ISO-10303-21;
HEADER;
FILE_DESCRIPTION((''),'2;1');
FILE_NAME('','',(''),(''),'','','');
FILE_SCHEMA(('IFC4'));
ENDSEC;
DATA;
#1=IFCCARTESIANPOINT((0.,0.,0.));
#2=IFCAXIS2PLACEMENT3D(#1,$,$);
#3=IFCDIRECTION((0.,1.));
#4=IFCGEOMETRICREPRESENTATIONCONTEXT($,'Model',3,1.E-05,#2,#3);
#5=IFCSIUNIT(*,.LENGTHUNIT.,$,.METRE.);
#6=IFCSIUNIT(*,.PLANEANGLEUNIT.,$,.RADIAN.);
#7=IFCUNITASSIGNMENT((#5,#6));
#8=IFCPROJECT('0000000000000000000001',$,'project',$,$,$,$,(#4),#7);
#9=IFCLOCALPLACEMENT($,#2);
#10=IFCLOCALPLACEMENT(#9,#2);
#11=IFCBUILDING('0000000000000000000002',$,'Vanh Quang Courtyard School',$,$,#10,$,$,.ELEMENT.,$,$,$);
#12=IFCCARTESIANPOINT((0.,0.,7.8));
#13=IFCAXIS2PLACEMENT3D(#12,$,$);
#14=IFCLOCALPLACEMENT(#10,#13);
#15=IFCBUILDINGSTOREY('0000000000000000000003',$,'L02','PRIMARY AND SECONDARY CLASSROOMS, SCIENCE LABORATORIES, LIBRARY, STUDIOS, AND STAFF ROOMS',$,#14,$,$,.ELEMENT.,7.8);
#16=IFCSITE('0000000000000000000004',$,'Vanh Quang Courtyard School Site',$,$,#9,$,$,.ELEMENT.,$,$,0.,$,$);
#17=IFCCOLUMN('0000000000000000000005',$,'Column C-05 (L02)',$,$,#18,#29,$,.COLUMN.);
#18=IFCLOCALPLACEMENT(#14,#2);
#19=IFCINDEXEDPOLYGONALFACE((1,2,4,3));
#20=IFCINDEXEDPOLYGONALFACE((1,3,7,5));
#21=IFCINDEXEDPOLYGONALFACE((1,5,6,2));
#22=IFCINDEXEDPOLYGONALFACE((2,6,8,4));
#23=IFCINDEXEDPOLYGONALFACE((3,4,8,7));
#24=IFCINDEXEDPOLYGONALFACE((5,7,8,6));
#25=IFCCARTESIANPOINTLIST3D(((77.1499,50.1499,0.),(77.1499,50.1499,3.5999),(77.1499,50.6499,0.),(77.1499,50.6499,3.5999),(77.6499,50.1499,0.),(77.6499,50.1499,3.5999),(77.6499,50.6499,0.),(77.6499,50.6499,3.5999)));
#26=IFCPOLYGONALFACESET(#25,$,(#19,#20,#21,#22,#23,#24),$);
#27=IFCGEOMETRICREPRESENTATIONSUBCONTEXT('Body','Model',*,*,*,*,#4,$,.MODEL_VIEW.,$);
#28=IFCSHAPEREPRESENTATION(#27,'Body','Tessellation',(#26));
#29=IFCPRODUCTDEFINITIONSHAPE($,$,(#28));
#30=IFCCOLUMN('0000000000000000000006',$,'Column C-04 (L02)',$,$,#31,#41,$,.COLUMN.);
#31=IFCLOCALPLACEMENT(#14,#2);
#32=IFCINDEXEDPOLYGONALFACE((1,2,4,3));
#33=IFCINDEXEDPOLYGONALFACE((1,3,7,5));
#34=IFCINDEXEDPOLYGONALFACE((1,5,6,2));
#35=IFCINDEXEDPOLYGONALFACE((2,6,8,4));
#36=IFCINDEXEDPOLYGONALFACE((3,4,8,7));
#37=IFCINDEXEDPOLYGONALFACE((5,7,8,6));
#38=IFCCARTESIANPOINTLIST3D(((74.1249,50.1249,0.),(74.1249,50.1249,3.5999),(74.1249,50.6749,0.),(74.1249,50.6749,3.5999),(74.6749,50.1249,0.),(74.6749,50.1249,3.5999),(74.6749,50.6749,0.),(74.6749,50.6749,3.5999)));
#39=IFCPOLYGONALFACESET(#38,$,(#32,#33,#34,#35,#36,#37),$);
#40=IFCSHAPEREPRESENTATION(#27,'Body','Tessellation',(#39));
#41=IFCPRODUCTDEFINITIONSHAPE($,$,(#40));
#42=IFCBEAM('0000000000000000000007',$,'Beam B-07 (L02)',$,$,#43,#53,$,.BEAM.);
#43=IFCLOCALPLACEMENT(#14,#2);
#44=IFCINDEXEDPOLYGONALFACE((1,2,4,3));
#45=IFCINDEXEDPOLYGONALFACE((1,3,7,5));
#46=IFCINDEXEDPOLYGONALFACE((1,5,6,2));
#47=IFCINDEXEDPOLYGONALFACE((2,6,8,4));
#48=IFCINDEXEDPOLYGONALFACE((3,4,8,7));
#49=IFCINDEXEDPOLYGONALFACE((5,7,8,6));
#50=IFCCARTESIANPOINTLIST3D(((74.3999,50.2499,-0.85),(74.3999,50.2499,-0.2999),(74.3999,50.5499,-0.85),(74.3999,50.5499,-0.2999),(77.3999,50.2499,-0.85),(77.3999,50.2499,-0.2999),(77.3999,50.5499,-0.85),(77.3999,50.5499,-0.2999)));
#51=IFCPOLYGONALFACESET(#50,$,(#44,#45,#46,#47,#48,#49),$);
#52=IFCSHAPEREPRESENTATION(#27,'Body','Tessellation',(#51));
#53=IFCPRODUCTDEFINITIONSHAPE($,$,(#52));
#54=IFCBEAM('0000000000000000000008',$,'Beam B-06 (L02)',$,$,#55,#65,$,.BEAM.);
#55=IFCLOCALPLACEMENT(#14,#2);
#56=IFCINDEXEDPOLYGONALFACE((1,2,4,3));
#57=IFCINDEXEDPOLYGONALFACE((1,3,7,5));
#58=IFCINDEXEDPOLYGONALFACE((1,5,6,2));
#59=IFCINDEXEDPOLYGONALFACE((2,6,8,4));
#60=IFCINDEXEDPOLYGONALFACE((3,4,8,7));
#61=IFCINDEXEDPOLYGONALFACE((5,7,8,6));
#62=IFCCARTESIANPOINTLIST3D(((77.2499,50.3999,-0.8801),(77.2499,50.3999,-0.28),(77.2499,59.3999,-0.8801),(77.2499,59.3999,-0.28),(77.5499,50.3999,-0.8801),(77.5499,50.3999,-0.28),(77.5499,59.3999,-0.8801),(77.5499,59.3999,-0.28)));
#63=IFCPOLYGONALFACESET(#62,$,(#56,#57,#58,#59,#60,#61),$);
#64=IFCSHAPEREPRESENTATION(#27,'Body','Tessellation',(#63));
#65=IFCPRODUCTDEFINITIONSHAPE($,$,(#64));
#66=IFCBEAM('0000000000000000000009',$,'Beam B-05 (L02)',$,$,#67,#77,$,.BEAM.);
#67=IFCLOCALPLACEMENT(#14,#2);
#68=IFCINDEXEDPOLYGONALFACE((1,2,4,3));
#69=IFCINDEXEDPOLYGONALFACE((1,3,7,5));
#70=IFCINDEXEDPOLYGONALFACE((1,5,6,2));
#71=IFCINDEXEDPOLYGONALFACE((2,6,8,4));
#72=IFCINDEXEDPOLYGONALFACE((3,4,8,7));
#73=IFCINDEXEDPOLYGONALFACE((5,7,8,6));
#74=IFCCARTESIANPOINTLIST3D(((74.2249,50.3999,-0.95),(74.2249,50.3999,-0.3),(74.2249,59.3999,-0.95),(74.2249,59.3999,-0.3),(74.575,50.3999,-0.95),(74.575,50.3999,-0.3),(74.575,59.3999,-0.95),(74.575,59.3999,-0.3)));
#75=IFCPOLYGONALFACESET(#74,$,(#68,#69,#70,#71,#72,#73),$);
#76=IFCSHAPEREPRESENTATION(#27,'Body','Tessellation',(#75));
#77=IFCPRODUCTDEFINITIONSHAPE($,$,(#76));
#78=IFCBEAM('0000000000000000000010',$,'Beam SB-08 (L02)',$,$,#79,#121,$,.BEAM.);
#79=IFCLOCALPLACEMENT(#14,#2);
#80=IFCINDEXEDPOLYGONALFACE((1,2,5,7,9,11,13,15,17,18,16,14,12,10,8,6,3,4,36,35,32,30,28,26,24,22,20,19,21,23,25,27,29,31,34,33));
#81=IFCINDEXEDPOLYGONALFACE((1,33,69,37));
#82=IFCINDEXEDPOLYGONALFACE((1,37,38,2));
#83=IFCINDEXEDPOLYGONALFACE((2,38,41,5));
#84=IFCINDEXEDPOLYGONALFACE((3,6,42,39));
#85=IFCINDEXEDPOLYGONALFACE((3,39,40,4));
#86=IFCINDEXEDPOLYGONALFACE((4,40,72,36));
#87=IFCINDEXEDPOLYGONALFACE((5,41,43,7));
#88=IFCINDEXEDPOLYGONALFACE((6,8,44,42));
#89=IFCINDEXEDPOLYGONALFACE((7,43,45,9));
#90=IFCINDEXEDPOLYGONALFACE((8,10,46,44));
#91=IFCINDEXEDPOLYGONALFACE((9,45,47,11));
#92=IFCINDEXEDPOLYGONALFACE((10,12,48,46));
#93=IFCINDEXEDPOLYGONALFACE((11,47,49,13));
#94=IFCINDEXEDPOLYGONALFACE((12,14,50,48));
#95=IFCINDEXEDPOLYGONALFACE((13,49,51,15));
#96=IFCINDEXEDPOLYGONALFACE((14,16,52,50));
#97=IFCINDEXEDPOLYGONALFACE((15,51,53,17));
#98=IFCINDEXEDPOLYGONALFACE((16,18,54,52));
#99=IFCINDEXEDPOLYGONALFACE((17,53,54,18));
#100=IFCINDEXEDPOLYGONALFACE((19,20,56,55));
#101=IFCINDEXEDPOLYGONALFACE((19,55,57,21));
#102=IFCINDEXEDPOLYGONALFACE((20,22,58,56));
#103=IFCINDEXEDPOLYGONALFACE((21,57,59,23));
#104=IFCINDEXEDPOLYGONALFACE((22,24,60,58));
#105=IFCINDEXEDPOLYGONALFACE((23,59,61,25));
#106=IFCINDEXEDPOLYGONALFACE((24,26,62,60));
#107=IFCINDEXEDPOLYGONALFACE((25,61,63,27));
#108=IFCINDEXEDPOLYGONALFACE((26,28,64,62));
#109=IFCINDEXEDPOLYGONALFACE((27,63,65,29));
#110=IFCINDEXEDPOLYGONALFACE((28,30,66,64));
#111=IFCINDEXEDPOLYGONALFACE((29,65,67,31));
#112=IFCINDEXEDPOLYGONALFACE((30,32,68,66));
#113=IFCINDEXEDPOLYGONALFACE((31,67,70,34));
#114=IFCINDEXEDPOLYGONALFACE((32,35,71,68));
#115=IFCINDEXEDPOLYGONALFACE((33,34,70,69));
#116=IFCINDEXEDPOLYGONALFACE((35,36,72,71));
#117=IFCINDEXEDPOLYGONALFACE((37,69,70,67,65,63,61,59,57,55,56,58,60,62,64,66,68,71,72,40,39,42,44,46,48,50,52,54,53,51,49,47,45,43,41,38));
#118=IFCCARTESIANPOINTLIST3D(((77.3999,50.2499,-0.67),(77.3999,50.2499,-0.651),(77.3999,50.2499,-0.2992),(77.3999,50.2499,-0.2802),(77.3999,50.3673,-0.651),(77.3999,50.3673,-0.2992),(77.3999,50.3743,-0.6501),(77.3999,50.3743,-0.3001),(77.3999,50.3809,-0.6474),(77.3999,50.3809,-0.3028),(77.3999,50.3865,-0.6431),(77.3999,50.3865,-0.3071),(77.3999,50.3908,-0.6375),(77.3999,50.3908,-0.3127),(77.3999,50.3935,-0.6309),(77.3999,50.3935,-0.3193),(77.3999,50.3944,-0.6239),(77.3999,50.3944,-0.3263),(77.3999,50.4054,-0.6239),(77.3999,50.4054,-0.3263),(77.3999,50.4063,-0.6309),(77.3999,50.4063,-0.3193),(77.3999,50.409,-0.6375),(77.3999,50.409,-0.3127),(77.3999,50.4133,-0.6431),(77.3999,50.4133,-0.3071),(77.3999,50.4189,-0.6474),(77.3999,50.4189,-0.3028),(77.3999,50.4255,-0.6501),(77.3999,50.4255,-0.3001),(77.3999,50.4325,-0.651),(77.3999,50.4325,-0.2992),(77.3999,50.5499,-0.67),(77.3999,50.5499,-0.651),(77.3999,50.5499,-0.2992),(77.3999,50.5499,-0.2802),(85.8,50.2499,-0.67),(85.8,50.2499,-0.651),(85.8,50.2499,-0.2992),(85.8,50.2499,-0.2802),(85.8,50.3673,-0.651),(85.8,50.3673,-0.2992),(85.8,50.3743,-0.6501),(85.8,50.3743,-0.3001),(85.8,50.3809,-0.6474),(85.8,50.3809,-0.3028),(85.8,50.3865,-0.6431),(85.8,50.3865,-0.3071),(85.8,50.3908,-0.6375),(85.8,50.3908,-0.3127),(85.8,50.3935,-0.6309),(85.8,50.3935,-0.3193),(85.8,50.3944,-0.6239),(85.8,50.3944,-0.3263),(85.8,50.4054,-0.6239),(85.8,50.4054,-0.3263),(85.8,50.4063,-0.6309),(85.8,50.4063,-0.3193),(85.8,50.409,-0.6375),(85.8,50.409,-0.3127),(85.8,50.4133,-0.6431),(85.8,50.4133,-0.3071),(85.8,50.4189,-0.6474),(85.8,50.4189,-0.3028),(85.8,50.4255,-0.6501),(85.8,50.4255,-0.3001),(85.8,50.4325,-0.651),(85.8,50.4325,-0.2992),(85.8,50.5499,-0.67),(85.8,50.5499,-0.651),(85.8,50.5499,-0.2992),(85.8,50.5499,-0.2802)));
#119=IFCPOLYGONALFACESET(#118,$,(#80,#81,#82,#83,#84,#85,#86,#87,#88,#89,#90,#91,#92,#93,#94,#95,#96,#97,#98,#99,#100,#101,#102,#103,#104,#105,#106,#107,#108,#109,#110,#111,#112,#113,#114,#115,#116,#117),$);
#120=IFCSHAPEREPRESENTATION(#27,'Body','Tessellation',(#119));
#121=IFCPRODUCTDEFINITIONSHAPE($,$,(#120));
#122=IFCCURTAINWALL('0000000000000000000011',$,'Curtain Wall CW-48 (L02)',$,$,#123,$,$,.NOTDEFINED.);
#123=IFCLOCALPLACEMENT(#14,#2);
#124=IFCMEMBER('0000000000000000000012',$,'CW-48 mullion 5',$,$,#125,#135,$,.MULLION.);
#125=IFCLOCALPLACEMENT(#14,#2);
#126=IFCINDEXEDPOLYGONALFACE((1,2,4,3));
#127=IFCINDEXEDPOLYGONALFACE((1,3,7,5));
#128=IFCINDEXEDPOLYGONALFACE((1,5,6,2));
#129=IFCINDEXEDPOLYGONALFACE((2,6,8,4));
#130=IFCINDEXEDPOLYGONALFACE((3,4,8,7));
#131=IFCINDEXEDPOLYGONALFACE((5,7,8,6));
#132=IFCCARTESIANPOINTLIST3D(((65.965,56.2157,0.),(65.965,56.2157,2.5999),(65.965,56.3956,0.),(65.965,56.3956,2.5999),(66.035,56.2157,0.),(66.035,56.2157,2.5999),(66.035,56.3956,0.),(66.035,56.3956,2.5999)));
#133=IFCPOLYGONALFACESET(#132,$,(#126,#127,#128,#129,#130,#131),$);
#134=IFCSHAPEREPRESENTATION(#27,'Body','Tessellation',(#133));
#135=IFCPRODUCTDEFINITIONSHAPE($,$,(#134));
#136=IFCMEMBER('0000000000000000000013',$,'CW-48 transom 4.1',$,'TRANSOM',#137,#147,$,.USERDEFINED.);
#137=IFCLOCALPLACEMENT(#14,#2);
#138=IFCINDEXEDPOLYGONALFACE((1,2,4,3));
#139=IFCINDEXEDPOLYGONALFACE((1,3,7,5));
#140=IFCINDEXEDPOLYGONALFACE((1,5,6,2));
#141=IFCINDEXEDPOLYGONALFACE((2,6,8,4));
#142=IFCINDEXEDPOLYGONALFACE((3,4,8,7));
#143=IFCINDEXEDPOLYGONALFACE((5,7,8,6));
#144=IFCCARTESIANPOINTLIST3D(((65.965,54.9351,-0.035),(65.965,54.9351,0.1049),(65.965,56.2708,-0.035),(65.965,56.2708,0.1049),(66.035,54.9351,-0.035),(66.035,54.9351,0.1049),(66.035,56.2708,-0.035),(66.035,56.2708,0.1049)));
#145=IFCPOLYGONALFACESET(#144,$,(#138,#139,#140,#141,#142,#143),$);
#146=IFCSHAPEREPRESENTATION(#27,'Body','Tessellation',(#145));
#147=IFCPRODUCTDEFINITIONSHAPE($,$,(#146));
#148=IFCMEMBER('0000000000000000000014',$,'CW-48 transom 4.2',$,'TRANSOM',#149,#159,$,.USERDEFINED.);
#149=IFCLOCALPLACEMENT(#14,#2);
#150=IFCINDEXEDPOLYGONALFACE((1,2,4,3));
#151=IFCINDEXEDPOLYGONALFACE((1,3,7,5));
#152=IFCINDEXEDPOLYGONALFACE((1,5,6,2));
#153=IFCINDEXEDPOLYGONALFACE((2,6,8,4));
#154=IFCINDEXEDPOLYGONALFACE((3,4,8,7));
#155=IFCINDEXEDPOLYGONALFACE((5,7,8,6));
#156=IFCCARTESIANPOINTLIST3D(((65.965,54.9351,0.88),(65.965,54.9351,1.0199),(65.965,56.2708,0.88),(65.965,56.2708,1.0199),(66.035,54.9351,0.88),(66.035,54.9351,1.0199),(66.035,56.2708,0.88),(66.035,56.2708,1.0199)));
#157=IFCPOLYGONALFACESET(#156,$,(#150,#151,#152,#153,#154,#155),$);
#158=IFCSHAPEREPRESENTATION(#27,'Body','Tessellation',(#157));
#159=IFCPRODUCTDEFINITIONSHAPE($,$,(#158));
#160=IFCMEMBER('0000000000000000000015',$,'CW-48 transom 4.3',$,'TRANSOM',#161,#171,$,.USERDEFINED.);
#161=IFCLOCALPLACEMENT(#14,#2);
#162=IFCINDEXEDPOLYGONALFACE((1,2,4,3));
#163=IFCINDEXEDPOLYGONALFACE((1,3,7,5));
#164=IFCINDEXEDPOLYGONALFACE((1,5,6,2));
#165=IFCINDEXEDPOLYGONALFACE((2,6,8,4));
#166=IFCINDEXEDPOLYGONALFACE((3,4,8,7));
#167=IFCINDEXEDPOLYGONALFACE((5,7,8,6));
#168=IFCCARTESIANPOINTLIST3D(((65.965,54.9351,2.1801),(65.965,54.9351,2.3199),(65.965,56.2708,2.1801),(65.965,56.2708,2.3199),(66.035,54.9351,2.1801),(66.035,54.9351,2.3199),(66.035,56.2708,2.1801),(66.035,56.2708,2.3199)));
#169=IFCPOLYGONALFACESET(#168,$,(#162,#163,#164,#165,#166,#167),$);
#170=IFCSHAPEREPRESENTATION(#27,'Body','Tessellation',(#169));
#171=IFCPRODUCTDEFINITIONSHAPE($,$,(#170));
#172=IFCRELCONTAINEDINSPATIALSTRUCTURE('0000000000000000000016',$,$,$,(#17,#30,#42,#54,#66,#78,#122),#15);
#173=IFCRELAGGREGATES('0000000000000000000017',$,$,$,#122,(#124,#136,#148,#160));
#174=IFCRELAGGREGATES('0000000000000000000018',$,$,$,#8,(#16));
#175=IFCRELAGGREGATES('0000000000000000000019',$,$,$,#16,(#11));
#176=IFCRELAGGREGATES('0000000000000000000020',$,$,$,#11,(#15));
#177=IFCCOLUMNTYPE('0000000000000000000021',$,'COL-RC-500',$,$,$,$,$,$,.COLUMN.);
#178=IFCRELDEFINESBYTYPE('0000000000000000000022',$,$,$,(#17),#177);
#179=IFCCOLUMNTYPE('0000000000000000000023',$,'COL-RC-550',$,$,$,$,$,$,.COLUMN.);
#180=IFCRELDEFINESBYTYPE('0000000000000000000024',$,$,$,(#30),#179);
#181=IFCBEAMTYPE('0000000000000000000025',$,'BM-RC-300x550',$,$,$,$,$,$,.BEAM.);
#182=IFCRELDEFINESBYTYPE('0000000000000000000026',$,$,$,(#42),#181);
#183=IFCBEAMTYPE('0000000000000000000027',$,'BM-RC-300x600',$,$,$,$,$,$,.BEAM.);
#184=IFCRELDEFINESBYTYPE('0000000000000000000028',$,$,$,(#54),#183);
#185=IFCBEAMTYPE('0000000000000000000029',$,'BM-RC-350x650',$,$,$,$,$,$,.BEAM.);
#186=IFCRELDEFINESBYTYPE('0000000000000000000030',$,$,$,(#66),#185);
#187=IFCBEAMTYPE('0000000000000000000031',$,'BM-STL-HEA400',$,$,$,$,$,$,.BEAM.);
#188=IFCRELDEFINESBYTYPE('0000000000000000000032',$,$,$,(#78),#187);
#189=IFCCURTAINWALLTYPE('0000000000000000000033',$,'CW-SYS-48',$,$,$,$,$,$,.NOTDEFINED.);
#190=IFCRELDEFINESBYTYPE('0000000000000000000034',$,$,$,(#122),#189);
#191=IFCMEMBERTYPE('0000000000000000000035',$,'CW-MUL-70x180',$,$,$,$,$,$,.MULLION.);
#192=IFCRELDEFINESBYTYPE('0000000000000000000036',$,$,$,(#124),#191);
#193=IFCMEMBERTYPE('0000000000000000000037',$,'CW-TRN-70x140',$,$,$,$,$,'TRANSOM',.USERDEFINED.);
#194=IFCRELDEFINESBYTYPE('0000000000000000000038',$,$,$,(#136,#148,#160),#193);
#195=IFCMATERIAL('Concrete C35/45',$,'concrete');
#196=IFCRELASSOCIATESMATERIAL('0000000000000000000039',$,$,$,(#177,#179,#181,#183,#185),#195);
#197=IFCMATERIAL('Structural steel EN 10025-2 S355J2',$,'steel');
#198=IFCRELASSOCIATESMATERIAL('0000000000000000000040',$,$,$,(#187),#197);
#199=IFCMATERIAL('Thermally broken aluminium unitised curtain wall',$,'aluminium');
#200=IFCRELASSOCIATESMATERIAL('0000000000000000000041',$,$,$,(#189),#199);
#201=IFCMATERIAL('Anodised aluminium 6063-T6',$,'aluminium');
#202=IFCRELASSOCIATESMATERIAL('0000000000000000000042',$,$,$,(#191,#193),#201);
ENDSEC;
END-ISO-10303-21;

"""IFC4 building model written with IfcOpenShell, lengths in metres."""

from ifc_helpers import new_model, si_unit, direction, frame, origin, origin_2d, place, context, subcontext, project, spatial, rectangle, i_section, extrude, material, material_profile, profile_set, type_object, element, aggregate, save


model = new_model("IFC4")

# Units and contexts
model_context = context("Model", 3, precision=1e-05, world=origin(), true_north=direction((0.0, 1.0)))
body_context = subcontext(model_context, "Body", "Model", "MODEL_VIEW")
ifc_project = project(units=[si_unit("LENGTHUNIT", "METRE"), si_unit("PLANEANGLEUNIT", "RADIAN")], contexts=[model_context])

# Site, building, storey
site_placement = place(None, origin())
site = spatial("IfcSite", under=ifc_project, at=site_placement, Name="Vanh Quang Courtyard School Site", CompositionType="ELEMENT", RefElevation=0.0)
building_placement = place(site_placement, origin())
building = spatial("IfcBuilding", under=site, at=building_placement, Name="Vanh Quang Courtyard School", CompositionType="ELEMENT")
storey_placement = place(building_placement, frame((0.0, 0.0, 7.8)))
storey = spatial("IfcBuildingStorey", under=building, at=storey_placement, Name="L02", Description="PRIMARY AND SECONDARY CLASSROOMS, SCIENCE LABORATORIES, LIBRARY, STUDIOS, AND STAFF ROOMS", CompositionType="ELEMENT", Elevation=7.8)

# Columns
ifc_material_1 = material(Name="Concrete C35/45", Category="concrete")
ifc_material_profile_1 = material_profile(ifc_material_1, rectangle(XDim=0.5, YDim=0.5, at=origin_2d()), Name="RC-COL 500x500")
ifc_profile_set_1 = profile_set([ifc_material_profile_1], Name="Concrete C35/45")
column_type_1 = type_object("IfcColumnType", Name="COL-RC-500", PredefinedType="COLUMN", material=ifc_profile_set_1)
column_1_placement = place(storey_placement, frame((77.3999, 50.3999, 0.0), z_axis=(0.0, 0.0, 1.0), x_axis=(1.0, 0.0, 0.0)))
element("IfcColumn", 1, at=column_1_placement, inside=storey, type_object=column_type_1, Name="Column C-05 (L02)", PredefinedType="COLUMN", context=body_context, shape_type="SweptSolid", body=[
    extrude(rectangle(XDim=0.5, YDim=0.5, at=origin_2d()), origin(), (0.0, 0.0, 1.0), 3.5999),
])
ifc_material_profile_2 = material_profile(ifc_material_1, rectangle(XDim=0.55, YDim=0.55, at=origin_2d()), Name="RC-COL 550x550")
ifc_profile_set_2 = profile_set([ifc_material_profile_2], Name="Concrete C35/45")
column_type_2 = type_object("IfcColumnType", Name="COL-RC-550", PredefinedType="COLUMN", material=ifc_profile_set_2)
column_2_placement = place(storey_placement, frame((74.3999, 50.3999, 0.0), z_axis=(0.0, 0.0, 1.0), x_axis=(1.0, 0.0, 0.0)))
element("IfcColumn", 2, at=column_2_placement, inside=storey, type_object=column_type_2, Name="Column C-04 (L02)", PredefinedType="COLUMN", context=body_context, shape_type="SweptSolid", body=[
    extrude(rectangle(XDim=0.55, YDim=0.55, at=origin_2d()), origin(), (0.0, 0.0, 1.0), 3.5999),
])

# Beams
ifc_material_profile_3 = material_profile(ifc_material_1, rectangle(XDim=0.3, YDim=0.55, at=origin_2d()), Name="RC-BM 300x550")
ifc_profile_set_3 = profile_set([ifc_material_profile_3], Name="Concrete C35/45")
beam_type_1 = type_object("IfcBeamType", Name="BM-RC-300x550", PredefinedType="BEAM", material=ifc_profile_set_3)
beam_1_placement = place(storey_placement, frame((74.3999, 50.3999, -0.575), z_axis=(1.0, 0.0, 0.0), x_axis=(0.0, 1.0, 0.0)))
element("IfcBeam", 3, at=beam_1_placement, inside=storey, type_object=beam_type_1, Name="Beam B-07 (L02)", PredefinedType="BEAM", context=body_context, shape_type="SweptSolid", body=[
    extrude(rectangle(XDim=0.3, YDim=0.55, at=origin_2d()), origin(), (0.0, 0.0, 1.0), 3.0),
])
ifc_material_profile_4 = material_profile(ifc_material_1, rectangle(XDim=0.3, YDim=0.6001, at=origin_2d()), Name="RC-BM 300x600")
ifc_profile_set_4 = profile_set([ifc_material_profile_4], Name="Concrete C35/45")
beam_type_2 = type_object("IfcBeamType", Name="BM-RC-300x600", PredefinedType="BEAM", material=ifc_profile_set_4)
beam_2_placement = place(storey_placement, frame((77.3999, 50.3999, -0.5801), z_axis=(0.0, 1.0, 0.0), x_axis=(-1.0, 0.0, 0.0)))
element("IfcBeam", 4, at=beam_2_placement, inside=storey, type_object=beam_type_2, Name="Beam B-06 (L02)", PredefinedType="BEAM", context=body_context, shape_type="SweptSolid", body=[
    extrude(rectangle(XDim=0.3, YDim=0.6001, at=origin_2d()), origin(), (0.0, 0.0, 1.0), 9.0),
])
ifc_material_profile_5 = material_profile(ifc_material_1, rectangle(XDim=0.3501, YDim=0.6499, at=origin_2d()), Name="RC-BM 350x650")
ifc_profile_set_5 = profile_set([ifc_material_profile_5], Name="Concrete C35/45")
beam_type_3 = type_object("IfcBeamType", Name="BM-RC-350x650", PredefinedType="BEAM", material=ifc_profile_set_5)
beam_3_placement = place(storey_placement, frame((74.3999, 50.3999, -0.625), z_axis=(0.0, 1.0, 0.0), x_axis=(-1.0, 0.0, 0.0)))
element("IfcBeam", 5, at=beam_3_placement, inside=storey, type_object=beam_type_3, Name="Beam B-05 (L02)", PredefinedType="BEAM", context=body_context, shape_type="SweptSolid", body=[
    extrude(rectangle(XDim=0.3501, YDim=0.6499, at=origin_2d()), origin(), (0.0, 0.0, 1.0), 9.0),
])
ifc_material_2 = material(Name="Structural steel EN 10025-2 S355J2", Category="steel")
ifc_material_profile_6 = material_profile(ifc_material_2, i_section(OverallWidth=0.3, OverallDepth=0.3899, WebThickness=0.011, FlangeThickness=0.019, FilletRadius=0.0271, at=origin_2d()), Name="HEA 400")
ifc_profile_set_6 = profile_set([ifc_material_profile_6], Name="Structural steel EN 10025-2 S355J2")
beam_type_4 = type_object("IfcBeamType", Name="BM-STL-HEA400", PredefinedType="BEAM", material=ifc_profile_set_6)
beam_4_placement = place(storey_placement, frame((77.3999, 50.3999, -0.4751), z_axis=(1.0, 0.0, 0.0), x_axis=(0.0, 1.0, 0.0)))
element("IfcBeam", 6, at=beam_4_placement, inside=storey, type_object=beam_type_4, Name="Beam SB-08 (L02)", PredefinedType="BEAM", context=body_context, shape_type="SweptSolid", body=[
    extrude(i_section(OverallWidth=0.3, OverallDepth=0.3899, WebThickness=0.011, FlangeThickness=0.019, FilletRadius=0.0271, at=origin_2d()), origin(), (0.0, 0.0, 1.0), 8.4001),
])

# Curtain wall, members
ifc_material_3 = material(Name="Thermally broken aluminium unitised curtain wall", Category="aluminium")
curtain_wall_type = type_object("IfcCurtainWallType", Name="CW-SYS-48", PredefinedType="NOTDEFINED", material=ifc_material_3)
curtain_wall_placement = place(storey_placement, origin())
curtain_wall = element("IfcCurtainWall", 7, at=curtain_wall_placement, inside=storey, type_object=curtain_wall_type, Name="Curtain Wall CW-48 (L02)", PredefinedType="NOTDEFINED")
ifc_material_4 = material(Name="Anodised aluminium 6063-T6", Category="aluminium")
ifc_material_profile_7 = material_profile(ifc_material_4, rectangle(XDim=0.0701, YDim=0.1799, at=origin_2d()), Name="ALU-MUL 70x180")
ifc_profile_set_7 = profile_set([ifc_material_profile_7], Name="Anodised aluminium 6063-T6")
member_type_1 = type_object("IfcMemberType", Name="CW-MUL-70x180", PredefinedType="MULLION", material=ifc_profile_set_7)
member_1_placement = place(storey_placement, frame((66.0, 56.3057, 0.0), z_axis=(0.0, 0.0, 1.0), x_axis=(-1.0, 0.0, 0.0)))
member_1 = element("IfcMember", 8, at=member_1_placement, type_object=member_type_1, Name="CW-48 mullion 5", PredefinedType="MULLION", context=body_context, shape_type="SweptSolid", body=[
    extrude(rectangle(XDim=0.0701, YDim=0.1799, at=origin_2d()), origin(), (0.0, 0.0, 1.0), 2.5999),
])
ifc_material_profile_8 = material_profile(ifc_material_4, rectangle(XDim=0.0701, YDim=0.1399, at=origin_2d()), Name="ALU-TRN 70x140")
ifc_profile_set_8 = profile_set([ifc_material_profile_8], Name="Anodised aluminium 6063-T6")
member_type_2 = type_object("IfcMemberType", Name="CW-TRN-70x140", ElementType="TRANSOM", PredefinedType="USERDEFINED", material=ifc_profile_set_8)
member_2_placement = place(storey_placement, frame((66.0, 54.9351, 0.0349), z_axis=(0.0, 1.0, 0.0), x_axis=(-1.0, 0.0, 0.0)))
member_2 = element("IfcMember", 9, at=member_2_placement, type_object=member_type_2, Name="CW-48 transom 4.1", ObjectType="TRANSOM", PredefinedType="USERDEFINED", context=body_context, shape_type="SweptSolid", body=[
    extrude(rectangle(XDim=0.0701, YDim=0.1399, at=origin_2d()), origin(), (0.0, 0.0, 1.0), 1.3357),
])
member_3_placement = place(storey_placement, frame((66.0, 54.9351, 0.95), z_axis=(0.0, 1.0, 0.0), x_axis=(-1.0, 0.0, 0.0)))
member_3 = element("IfcMember", 10, at=member_3_placement, type_object=member_type_2, Name="CW-48 transom 4.2", ObjectType="TRANSOM", PredefinedType="USERDEFINED", context=body_context, shape_type="SweptSolid", body=[
    extrude(rectangle(XDim=0.0701, YDim=0.1399, at=origin_2d()), origin(), (0.0, 0.0, 1.0), 1.3357),
])
member_4_placement = place(storey_placement, frame((66.0, 54.9351, 2.25), z_axis=(0.0, 1.0, 0.0), x_axis=(-1.0, 0.0, 0.0)))
member_4 = element("IfcMember", 11, at=member_4_placement, type_object=member_type_2, Name="CW-48 transom 4.3", ObjectType="TRANSOM", PredefinedType="USERDEFINED", context=body_context, shape_type="SweptSolid", body=[
    extrude(rectangle(XDim=0.0701, YDim=0.1399, at=origin_2d()), origin(), (0.0, 0.0, 1.0), 1.3357),
])

aggregate(curtain_wall, [member_1, member_2, member_3, member_4])

save(model, "model.ifc")
